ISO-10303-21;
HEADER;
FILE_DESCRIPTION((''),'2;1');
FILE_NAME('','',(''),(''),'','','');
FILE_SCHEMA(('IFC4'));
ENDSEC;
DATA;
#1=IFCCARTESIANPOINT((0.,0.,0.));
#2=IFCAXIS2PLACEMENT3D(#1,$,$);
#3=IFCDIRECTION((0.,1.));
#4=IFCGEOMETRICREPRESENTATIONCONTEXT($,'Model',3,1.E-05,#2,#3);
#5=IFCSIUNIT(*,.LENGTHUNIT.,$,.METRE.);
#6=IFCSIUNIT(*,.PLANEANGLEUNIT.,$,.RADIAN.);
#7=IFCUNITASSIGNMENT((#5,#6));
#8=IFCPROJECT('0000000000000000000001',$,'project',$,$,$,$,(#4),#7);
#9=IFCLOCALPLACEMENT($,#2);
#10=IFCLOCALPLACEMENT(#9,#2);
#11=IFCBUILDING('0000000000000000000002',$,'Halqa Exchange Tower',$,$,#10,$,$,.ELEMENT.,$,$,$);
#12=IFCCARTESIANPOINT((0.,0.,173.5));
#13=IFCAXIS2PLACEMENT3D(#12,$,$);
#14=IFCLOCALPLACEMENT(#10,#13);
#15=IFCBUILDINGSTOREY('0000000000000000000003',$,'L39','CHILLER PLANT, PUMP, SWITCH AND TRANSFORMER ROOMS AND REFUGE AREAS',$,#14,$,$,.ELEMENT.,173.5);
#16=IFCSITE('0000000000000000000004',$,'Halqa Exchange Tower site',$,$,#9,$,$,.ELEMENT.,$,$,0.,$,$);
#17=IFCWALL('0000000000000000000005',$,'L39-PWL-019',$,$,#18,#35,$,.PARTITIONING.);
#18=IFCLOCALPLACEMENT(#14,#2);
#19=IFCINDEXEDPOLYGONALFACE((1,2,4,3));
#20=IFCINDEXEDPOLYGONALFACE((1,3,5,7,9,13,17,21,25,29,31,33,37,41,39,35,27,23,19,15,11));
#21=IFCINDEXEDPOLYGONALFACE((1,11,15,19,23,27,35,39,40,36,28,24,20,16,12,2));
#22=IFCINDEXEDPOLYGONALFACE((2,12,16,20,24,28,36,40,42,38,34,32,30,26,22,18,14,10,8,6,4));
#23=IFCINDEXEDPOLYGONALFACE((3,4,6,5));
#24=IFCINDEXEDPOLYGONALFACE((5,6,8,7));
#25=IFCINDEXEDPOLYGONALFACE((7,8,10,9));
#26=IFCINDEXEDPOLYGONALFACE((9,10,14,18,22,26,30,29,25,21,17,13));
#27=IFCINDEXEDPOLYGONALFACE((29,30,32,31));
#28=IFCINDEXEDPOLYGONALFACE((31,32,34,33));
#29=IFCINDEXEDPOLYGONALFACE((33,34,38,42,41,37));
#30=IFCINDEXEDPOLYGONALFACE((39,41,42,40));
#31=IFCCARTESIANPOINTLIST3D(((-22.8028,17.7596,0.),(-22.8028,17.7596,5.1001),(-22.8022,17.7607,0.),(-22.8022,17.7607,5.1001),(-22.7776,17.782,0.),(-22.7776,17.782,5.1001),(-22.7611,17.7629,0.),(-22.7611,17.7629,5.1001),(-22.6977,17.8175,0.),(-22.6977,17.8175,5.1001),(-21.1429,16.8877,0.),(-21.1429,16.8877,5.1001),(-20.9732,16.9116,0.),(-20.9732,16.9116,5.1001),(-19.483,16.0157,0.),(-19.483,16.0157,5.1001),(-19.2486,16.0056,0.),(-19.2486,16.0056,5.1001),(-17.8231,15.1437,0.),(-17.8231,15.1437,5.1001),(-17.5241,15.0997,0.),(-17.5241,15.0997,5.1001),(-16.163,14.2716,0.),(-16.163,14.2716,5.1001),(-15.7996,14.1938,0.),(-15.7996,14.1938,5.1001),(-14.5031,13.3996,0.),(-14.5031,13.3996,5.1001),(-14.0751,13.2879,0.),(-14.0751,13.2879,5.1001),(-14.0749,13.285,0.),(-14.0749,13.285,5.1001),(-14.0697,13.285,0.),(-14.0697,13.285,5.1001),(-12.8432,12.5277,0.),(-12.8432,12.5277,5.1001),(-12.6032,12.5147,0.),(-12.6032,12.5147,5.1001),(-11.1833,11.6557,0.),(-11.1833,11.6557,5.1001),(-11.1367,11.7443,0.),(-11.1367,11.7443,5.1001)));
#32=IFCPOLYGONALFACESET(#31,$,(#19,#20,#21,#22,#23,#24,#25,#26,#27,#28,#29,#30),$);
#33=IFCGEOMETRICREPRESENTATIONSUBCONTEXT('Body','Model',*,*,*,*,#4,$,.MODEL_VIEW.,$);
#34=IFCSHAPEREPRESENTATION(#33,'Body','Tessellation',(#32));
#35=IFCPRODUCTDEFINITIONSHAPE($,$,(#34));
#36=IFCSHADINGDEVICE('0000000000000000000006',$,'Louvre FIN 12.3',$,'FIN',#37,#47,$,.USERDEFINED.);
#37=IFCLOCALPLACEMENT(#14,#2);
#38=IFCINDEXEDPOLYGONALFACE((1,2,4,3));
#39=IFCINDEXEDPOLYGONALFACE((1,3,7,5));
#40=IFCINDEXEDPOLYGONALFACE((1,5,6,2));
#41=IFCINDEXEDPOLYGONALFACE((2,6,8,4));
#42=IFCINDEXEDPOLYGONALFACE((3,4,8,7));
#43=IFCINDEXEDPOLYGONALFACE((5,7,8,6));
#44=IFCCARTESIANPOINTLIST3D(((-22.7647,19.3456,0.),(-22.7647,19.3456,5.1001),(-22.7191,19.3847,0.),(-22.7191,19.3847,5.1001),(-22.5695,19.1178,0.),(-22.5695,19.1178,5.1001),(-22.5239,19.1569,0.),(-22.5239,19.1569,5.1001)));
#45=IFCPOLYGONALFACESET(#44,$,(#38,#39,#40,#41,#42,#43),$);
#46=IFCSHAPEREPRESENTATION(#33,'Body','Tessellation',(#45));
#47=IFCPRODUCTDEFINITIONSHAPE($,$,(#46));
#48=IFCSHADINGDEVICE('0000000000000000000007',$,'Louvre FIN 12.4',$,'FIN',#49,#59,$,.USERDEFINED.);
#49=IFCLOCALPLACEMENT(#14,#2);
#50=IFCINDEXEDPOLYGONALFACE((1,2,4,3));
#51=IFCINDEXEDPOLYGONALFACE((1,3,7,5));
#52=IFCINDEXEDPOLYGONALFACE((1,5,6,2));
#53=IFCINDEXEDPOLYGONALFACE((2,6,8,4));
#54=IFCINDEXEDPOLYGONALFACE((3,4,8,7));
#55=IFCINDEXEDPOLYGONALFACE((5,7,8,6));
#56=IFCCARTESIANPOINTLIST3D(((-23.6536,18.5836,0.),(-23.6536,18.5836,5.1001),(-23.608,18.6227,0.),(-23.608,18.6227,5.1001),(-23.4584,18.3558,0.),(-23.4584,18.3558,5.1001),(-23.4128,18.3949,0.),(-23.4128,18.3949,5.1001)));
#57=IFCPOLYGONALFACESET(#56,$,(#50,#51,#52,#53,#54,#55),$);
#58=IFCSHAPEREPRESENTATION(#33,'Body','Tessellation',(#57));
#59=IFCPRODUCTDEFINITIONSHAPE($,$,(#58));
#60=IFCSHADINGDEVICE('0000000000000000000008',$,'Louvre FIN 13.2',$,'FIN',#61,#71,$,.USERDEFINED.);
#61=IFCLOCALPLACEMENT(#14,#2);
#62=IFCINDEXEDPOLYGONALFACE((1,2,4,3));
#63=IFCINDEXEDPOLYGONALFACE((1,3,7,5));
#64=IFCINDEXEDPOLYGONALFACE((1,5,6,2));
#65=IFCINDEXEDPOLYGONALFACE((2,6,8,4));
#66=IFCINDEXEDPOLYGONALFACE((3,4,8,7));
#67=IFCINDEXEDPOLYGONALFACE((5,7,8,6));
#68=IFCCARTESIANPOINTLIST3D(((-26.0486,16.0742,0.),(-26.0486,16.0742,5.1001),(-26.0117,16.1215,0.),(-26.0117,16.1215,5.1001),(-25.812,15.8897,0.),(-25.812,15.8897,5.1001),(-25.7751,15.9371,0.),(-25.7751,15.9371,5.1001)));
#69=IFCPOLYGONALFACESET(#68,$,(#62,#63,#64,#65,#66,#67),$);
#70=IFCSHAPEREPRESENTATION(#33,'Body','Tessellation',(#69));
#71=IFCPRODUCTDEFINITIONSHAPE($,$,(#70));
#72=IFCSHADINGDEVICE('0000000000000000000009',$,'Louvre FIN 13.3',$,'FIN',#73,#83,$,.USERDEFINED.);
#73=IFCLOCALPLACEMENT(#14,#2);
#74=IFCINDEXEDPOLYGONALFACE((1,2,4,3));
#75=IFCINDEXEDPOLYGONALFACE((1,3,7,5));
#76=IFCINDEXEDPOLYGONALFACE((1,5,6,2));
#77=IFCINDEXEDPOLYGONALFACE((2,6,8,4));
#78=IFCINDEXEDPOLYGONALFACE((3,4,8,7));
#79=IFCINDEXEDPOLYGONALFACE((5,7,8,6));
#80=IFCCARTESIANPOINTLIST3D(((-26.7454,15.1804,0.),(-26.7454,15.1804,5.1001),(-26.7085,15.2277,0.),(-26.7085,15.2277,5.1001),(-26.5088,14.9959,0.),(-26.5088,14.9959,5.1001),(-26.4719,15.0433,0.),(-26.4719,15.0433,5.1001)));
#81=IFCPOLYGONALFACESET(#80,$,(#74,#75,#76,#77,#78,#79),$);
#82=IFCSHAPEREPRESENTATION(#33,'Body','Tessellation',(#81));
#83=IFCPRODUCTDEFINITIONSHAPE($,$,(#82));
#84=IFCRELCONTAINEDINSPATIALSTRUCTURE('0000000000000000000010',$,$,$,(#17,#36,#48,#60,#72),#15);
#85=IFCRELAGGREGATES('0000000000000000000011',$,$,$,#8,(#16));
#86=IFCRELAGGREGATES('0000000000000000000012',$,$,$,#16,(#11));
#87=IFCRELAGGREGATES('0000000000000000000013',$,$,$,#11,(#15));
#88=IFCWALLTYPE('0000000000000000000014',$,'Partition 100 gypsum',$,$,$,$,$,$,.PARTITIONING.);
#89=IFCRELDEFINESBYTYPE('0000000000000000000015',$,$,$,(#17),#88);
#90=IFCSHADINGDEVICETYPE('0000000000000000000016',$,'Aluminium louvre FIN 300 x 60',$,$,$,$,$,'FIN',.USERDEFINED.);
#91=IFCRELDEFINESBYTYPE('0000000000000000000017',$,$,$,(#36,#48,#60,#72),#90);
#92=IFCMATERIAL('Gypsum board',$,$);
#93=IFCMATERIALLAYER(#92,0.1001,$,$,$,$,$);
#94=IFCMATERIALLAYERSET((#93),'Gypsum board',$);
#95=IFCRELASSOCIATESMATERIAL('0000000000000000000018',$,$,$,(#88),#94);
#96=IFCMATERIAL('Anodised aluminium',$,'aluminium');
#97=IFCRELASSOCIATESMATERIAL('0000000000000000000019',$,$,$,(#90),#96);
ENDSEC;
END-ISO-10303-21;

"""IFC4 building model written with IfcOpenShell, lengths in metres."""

from ifc_helpers import new_model, si_unit, direction, frame, origin, origin_2d, place, context, subcontext, project, spatial, polyline, rectangle, outline, extrude, material, layer, layer_set, material_profile, profile_set, type_object, element, save


model = new_model("IFC4")

# Units and contexts
model_context = context("Model", 3, precision=1e-05, world=origin(), true_north=direction((0.0, 1.0)))
body_context = subcontext(model_context, "Body", "Model", "MODEL_VIEW")
ifc_project = project(units=[si_unit("LENGTHUNIT", "METRE"), si_unit("PLANEANGLEUNIT", "RADIAN")], contexts=[model_context])

# Site, building, storey
site_placement = place(None, origin())
site = spatial("IfcSite", under=ifc_project, at=site_placement, Name="Halqa Exchange Tower site", CompositionType="ELEMENT", RefElevation=0.0)
building_placement = place(site_placement, origin())
building = spatial("IfcBuilding", under=site, at=building_placement, Name="Halqa Exchange Tower", CompositionType="ELEMENT")
storey_placement = place(building_placement, frame((0.0, 0.0, 173.5)))
storey = spatial("IfcBuildingStorey", under=building, at=storey_placement, Name="L39", Description="CHILLER PLANT, PUMP, SWITCH AND TRANSFORMER ROOMS AND REFUGE AREAS", CompositionType="ELEMENT", Elevation=173.5)

# Wall
ifc_material_1 = material(Name="Gypsum board")
ifc_layer_1 = layer(ifc_material_1, 0.1001)
ifc_layer_set_1 = layer_set([ifc_layer_1], Name="Gypsum board")
wall_type_1 = type_object("IfcWallType", Name="Partition 100 gypsum", PredefinedType="PARTITIONING", material=ifc_layer_set_1)
wall_1_placement = place(storey_placement, frame((-22.7795, 17.804, 0.0), z_axis=(0.0, 0.0, 1.0), x_axis=(0.885282, -0.465055, 0.0)))
element("IfcWall", 1, at=wall_1_placement, inside=storey, type_object=wall_type_1, Name="L39-PWL-019", PredefinedType="PARTITIONING", context=body_context, shape_type="SweptSolid", body=[
    extrude(outline(polyline([(13.1252, 0.05), (11.4688, 0.05), (9.8123, 0.05), (9.8076, 0.0476), (9.8062, 0.05), (7.8582, 0.05), (5.9102, 0.05), (3.9622, 0.05), (2.0142, 0.05), (0.0662, 0.05), (0.0354, -0.0278), (0.012, -0.0186), (0.0, -0.0488), (0.0, -0.05), (1.875, -0.05), (3.75, -0.05), (5.625, -0.05), (7.5002, -0.05), (9.3752, -0.05), (11.2502, -0.05), (13.1252, -0.05), (13.1252, 0.05)])), origin(), (0.0, 0.0, 1.0), 5.1001),
])

# Shading devices
ifc_material_2 = material(Name="Anodised aluminium", Category="aluminium")
ifc_material_profile_1 = material_profile(ifc_material_2, rectangle(XDim=0.3, YDim=0.0601, at=origin_2d()), Name="AL FIN 300x60")
ifc_profile_set_1 = profile_set([ifc_material_profile_1], Name="Anodised aluminium")
shading_device_type = type_object("IfcShadingDeviceType", Name="Aluminium louvre FIN 300 x 60", ElementType="FIN", PredefinedType="USERDEFINED", material=ifc_profile_set_1)
for number, where, z_axis, x_axis, name in (
    (2, (-22.6443, 19.2512, 0.0), (0.0, 0.0, 1.0), (0.650785, -0.759262, 0.0), "Louvre FIN 12.3"),
    (3, (-23.5332, 18.4893, 0.0), (0.0, 0.0, 1.0), (0.650785, -0.759262, 0.0), "Louvre FIN 12.4"),
    (4, (-25.9119, 16.0056, 0.0), (0.0, 0.0, 1.0), (0.788686, -0.614796, 0.0), "Louvre FIN 13.2"),
    (5, (-26.6086, 15.1118, 0.0), (0.0, 0.0, 1.0), (0.788686, -0.614796, 0.0), "Louvre FIN 13.3"),
):
    element("IfcShadingDevice", number, at=place(storey_placement, frame(where, z_axis=z_axis, x_axis=x_axis)), inside=storey, type_object=shading_device_type, Name=name, ObjectType="FIN", PredefinedType="USERDEFINED", context=body_context, shape_type="SweptSolid", body=[
        extrude(rectangle(XDim=0.3, YDim=0.0601, at=origin_2d()), origin(), (0.0, 0.0, 1.0), 5.1001),
    ])

save(model, "model.ifc")
